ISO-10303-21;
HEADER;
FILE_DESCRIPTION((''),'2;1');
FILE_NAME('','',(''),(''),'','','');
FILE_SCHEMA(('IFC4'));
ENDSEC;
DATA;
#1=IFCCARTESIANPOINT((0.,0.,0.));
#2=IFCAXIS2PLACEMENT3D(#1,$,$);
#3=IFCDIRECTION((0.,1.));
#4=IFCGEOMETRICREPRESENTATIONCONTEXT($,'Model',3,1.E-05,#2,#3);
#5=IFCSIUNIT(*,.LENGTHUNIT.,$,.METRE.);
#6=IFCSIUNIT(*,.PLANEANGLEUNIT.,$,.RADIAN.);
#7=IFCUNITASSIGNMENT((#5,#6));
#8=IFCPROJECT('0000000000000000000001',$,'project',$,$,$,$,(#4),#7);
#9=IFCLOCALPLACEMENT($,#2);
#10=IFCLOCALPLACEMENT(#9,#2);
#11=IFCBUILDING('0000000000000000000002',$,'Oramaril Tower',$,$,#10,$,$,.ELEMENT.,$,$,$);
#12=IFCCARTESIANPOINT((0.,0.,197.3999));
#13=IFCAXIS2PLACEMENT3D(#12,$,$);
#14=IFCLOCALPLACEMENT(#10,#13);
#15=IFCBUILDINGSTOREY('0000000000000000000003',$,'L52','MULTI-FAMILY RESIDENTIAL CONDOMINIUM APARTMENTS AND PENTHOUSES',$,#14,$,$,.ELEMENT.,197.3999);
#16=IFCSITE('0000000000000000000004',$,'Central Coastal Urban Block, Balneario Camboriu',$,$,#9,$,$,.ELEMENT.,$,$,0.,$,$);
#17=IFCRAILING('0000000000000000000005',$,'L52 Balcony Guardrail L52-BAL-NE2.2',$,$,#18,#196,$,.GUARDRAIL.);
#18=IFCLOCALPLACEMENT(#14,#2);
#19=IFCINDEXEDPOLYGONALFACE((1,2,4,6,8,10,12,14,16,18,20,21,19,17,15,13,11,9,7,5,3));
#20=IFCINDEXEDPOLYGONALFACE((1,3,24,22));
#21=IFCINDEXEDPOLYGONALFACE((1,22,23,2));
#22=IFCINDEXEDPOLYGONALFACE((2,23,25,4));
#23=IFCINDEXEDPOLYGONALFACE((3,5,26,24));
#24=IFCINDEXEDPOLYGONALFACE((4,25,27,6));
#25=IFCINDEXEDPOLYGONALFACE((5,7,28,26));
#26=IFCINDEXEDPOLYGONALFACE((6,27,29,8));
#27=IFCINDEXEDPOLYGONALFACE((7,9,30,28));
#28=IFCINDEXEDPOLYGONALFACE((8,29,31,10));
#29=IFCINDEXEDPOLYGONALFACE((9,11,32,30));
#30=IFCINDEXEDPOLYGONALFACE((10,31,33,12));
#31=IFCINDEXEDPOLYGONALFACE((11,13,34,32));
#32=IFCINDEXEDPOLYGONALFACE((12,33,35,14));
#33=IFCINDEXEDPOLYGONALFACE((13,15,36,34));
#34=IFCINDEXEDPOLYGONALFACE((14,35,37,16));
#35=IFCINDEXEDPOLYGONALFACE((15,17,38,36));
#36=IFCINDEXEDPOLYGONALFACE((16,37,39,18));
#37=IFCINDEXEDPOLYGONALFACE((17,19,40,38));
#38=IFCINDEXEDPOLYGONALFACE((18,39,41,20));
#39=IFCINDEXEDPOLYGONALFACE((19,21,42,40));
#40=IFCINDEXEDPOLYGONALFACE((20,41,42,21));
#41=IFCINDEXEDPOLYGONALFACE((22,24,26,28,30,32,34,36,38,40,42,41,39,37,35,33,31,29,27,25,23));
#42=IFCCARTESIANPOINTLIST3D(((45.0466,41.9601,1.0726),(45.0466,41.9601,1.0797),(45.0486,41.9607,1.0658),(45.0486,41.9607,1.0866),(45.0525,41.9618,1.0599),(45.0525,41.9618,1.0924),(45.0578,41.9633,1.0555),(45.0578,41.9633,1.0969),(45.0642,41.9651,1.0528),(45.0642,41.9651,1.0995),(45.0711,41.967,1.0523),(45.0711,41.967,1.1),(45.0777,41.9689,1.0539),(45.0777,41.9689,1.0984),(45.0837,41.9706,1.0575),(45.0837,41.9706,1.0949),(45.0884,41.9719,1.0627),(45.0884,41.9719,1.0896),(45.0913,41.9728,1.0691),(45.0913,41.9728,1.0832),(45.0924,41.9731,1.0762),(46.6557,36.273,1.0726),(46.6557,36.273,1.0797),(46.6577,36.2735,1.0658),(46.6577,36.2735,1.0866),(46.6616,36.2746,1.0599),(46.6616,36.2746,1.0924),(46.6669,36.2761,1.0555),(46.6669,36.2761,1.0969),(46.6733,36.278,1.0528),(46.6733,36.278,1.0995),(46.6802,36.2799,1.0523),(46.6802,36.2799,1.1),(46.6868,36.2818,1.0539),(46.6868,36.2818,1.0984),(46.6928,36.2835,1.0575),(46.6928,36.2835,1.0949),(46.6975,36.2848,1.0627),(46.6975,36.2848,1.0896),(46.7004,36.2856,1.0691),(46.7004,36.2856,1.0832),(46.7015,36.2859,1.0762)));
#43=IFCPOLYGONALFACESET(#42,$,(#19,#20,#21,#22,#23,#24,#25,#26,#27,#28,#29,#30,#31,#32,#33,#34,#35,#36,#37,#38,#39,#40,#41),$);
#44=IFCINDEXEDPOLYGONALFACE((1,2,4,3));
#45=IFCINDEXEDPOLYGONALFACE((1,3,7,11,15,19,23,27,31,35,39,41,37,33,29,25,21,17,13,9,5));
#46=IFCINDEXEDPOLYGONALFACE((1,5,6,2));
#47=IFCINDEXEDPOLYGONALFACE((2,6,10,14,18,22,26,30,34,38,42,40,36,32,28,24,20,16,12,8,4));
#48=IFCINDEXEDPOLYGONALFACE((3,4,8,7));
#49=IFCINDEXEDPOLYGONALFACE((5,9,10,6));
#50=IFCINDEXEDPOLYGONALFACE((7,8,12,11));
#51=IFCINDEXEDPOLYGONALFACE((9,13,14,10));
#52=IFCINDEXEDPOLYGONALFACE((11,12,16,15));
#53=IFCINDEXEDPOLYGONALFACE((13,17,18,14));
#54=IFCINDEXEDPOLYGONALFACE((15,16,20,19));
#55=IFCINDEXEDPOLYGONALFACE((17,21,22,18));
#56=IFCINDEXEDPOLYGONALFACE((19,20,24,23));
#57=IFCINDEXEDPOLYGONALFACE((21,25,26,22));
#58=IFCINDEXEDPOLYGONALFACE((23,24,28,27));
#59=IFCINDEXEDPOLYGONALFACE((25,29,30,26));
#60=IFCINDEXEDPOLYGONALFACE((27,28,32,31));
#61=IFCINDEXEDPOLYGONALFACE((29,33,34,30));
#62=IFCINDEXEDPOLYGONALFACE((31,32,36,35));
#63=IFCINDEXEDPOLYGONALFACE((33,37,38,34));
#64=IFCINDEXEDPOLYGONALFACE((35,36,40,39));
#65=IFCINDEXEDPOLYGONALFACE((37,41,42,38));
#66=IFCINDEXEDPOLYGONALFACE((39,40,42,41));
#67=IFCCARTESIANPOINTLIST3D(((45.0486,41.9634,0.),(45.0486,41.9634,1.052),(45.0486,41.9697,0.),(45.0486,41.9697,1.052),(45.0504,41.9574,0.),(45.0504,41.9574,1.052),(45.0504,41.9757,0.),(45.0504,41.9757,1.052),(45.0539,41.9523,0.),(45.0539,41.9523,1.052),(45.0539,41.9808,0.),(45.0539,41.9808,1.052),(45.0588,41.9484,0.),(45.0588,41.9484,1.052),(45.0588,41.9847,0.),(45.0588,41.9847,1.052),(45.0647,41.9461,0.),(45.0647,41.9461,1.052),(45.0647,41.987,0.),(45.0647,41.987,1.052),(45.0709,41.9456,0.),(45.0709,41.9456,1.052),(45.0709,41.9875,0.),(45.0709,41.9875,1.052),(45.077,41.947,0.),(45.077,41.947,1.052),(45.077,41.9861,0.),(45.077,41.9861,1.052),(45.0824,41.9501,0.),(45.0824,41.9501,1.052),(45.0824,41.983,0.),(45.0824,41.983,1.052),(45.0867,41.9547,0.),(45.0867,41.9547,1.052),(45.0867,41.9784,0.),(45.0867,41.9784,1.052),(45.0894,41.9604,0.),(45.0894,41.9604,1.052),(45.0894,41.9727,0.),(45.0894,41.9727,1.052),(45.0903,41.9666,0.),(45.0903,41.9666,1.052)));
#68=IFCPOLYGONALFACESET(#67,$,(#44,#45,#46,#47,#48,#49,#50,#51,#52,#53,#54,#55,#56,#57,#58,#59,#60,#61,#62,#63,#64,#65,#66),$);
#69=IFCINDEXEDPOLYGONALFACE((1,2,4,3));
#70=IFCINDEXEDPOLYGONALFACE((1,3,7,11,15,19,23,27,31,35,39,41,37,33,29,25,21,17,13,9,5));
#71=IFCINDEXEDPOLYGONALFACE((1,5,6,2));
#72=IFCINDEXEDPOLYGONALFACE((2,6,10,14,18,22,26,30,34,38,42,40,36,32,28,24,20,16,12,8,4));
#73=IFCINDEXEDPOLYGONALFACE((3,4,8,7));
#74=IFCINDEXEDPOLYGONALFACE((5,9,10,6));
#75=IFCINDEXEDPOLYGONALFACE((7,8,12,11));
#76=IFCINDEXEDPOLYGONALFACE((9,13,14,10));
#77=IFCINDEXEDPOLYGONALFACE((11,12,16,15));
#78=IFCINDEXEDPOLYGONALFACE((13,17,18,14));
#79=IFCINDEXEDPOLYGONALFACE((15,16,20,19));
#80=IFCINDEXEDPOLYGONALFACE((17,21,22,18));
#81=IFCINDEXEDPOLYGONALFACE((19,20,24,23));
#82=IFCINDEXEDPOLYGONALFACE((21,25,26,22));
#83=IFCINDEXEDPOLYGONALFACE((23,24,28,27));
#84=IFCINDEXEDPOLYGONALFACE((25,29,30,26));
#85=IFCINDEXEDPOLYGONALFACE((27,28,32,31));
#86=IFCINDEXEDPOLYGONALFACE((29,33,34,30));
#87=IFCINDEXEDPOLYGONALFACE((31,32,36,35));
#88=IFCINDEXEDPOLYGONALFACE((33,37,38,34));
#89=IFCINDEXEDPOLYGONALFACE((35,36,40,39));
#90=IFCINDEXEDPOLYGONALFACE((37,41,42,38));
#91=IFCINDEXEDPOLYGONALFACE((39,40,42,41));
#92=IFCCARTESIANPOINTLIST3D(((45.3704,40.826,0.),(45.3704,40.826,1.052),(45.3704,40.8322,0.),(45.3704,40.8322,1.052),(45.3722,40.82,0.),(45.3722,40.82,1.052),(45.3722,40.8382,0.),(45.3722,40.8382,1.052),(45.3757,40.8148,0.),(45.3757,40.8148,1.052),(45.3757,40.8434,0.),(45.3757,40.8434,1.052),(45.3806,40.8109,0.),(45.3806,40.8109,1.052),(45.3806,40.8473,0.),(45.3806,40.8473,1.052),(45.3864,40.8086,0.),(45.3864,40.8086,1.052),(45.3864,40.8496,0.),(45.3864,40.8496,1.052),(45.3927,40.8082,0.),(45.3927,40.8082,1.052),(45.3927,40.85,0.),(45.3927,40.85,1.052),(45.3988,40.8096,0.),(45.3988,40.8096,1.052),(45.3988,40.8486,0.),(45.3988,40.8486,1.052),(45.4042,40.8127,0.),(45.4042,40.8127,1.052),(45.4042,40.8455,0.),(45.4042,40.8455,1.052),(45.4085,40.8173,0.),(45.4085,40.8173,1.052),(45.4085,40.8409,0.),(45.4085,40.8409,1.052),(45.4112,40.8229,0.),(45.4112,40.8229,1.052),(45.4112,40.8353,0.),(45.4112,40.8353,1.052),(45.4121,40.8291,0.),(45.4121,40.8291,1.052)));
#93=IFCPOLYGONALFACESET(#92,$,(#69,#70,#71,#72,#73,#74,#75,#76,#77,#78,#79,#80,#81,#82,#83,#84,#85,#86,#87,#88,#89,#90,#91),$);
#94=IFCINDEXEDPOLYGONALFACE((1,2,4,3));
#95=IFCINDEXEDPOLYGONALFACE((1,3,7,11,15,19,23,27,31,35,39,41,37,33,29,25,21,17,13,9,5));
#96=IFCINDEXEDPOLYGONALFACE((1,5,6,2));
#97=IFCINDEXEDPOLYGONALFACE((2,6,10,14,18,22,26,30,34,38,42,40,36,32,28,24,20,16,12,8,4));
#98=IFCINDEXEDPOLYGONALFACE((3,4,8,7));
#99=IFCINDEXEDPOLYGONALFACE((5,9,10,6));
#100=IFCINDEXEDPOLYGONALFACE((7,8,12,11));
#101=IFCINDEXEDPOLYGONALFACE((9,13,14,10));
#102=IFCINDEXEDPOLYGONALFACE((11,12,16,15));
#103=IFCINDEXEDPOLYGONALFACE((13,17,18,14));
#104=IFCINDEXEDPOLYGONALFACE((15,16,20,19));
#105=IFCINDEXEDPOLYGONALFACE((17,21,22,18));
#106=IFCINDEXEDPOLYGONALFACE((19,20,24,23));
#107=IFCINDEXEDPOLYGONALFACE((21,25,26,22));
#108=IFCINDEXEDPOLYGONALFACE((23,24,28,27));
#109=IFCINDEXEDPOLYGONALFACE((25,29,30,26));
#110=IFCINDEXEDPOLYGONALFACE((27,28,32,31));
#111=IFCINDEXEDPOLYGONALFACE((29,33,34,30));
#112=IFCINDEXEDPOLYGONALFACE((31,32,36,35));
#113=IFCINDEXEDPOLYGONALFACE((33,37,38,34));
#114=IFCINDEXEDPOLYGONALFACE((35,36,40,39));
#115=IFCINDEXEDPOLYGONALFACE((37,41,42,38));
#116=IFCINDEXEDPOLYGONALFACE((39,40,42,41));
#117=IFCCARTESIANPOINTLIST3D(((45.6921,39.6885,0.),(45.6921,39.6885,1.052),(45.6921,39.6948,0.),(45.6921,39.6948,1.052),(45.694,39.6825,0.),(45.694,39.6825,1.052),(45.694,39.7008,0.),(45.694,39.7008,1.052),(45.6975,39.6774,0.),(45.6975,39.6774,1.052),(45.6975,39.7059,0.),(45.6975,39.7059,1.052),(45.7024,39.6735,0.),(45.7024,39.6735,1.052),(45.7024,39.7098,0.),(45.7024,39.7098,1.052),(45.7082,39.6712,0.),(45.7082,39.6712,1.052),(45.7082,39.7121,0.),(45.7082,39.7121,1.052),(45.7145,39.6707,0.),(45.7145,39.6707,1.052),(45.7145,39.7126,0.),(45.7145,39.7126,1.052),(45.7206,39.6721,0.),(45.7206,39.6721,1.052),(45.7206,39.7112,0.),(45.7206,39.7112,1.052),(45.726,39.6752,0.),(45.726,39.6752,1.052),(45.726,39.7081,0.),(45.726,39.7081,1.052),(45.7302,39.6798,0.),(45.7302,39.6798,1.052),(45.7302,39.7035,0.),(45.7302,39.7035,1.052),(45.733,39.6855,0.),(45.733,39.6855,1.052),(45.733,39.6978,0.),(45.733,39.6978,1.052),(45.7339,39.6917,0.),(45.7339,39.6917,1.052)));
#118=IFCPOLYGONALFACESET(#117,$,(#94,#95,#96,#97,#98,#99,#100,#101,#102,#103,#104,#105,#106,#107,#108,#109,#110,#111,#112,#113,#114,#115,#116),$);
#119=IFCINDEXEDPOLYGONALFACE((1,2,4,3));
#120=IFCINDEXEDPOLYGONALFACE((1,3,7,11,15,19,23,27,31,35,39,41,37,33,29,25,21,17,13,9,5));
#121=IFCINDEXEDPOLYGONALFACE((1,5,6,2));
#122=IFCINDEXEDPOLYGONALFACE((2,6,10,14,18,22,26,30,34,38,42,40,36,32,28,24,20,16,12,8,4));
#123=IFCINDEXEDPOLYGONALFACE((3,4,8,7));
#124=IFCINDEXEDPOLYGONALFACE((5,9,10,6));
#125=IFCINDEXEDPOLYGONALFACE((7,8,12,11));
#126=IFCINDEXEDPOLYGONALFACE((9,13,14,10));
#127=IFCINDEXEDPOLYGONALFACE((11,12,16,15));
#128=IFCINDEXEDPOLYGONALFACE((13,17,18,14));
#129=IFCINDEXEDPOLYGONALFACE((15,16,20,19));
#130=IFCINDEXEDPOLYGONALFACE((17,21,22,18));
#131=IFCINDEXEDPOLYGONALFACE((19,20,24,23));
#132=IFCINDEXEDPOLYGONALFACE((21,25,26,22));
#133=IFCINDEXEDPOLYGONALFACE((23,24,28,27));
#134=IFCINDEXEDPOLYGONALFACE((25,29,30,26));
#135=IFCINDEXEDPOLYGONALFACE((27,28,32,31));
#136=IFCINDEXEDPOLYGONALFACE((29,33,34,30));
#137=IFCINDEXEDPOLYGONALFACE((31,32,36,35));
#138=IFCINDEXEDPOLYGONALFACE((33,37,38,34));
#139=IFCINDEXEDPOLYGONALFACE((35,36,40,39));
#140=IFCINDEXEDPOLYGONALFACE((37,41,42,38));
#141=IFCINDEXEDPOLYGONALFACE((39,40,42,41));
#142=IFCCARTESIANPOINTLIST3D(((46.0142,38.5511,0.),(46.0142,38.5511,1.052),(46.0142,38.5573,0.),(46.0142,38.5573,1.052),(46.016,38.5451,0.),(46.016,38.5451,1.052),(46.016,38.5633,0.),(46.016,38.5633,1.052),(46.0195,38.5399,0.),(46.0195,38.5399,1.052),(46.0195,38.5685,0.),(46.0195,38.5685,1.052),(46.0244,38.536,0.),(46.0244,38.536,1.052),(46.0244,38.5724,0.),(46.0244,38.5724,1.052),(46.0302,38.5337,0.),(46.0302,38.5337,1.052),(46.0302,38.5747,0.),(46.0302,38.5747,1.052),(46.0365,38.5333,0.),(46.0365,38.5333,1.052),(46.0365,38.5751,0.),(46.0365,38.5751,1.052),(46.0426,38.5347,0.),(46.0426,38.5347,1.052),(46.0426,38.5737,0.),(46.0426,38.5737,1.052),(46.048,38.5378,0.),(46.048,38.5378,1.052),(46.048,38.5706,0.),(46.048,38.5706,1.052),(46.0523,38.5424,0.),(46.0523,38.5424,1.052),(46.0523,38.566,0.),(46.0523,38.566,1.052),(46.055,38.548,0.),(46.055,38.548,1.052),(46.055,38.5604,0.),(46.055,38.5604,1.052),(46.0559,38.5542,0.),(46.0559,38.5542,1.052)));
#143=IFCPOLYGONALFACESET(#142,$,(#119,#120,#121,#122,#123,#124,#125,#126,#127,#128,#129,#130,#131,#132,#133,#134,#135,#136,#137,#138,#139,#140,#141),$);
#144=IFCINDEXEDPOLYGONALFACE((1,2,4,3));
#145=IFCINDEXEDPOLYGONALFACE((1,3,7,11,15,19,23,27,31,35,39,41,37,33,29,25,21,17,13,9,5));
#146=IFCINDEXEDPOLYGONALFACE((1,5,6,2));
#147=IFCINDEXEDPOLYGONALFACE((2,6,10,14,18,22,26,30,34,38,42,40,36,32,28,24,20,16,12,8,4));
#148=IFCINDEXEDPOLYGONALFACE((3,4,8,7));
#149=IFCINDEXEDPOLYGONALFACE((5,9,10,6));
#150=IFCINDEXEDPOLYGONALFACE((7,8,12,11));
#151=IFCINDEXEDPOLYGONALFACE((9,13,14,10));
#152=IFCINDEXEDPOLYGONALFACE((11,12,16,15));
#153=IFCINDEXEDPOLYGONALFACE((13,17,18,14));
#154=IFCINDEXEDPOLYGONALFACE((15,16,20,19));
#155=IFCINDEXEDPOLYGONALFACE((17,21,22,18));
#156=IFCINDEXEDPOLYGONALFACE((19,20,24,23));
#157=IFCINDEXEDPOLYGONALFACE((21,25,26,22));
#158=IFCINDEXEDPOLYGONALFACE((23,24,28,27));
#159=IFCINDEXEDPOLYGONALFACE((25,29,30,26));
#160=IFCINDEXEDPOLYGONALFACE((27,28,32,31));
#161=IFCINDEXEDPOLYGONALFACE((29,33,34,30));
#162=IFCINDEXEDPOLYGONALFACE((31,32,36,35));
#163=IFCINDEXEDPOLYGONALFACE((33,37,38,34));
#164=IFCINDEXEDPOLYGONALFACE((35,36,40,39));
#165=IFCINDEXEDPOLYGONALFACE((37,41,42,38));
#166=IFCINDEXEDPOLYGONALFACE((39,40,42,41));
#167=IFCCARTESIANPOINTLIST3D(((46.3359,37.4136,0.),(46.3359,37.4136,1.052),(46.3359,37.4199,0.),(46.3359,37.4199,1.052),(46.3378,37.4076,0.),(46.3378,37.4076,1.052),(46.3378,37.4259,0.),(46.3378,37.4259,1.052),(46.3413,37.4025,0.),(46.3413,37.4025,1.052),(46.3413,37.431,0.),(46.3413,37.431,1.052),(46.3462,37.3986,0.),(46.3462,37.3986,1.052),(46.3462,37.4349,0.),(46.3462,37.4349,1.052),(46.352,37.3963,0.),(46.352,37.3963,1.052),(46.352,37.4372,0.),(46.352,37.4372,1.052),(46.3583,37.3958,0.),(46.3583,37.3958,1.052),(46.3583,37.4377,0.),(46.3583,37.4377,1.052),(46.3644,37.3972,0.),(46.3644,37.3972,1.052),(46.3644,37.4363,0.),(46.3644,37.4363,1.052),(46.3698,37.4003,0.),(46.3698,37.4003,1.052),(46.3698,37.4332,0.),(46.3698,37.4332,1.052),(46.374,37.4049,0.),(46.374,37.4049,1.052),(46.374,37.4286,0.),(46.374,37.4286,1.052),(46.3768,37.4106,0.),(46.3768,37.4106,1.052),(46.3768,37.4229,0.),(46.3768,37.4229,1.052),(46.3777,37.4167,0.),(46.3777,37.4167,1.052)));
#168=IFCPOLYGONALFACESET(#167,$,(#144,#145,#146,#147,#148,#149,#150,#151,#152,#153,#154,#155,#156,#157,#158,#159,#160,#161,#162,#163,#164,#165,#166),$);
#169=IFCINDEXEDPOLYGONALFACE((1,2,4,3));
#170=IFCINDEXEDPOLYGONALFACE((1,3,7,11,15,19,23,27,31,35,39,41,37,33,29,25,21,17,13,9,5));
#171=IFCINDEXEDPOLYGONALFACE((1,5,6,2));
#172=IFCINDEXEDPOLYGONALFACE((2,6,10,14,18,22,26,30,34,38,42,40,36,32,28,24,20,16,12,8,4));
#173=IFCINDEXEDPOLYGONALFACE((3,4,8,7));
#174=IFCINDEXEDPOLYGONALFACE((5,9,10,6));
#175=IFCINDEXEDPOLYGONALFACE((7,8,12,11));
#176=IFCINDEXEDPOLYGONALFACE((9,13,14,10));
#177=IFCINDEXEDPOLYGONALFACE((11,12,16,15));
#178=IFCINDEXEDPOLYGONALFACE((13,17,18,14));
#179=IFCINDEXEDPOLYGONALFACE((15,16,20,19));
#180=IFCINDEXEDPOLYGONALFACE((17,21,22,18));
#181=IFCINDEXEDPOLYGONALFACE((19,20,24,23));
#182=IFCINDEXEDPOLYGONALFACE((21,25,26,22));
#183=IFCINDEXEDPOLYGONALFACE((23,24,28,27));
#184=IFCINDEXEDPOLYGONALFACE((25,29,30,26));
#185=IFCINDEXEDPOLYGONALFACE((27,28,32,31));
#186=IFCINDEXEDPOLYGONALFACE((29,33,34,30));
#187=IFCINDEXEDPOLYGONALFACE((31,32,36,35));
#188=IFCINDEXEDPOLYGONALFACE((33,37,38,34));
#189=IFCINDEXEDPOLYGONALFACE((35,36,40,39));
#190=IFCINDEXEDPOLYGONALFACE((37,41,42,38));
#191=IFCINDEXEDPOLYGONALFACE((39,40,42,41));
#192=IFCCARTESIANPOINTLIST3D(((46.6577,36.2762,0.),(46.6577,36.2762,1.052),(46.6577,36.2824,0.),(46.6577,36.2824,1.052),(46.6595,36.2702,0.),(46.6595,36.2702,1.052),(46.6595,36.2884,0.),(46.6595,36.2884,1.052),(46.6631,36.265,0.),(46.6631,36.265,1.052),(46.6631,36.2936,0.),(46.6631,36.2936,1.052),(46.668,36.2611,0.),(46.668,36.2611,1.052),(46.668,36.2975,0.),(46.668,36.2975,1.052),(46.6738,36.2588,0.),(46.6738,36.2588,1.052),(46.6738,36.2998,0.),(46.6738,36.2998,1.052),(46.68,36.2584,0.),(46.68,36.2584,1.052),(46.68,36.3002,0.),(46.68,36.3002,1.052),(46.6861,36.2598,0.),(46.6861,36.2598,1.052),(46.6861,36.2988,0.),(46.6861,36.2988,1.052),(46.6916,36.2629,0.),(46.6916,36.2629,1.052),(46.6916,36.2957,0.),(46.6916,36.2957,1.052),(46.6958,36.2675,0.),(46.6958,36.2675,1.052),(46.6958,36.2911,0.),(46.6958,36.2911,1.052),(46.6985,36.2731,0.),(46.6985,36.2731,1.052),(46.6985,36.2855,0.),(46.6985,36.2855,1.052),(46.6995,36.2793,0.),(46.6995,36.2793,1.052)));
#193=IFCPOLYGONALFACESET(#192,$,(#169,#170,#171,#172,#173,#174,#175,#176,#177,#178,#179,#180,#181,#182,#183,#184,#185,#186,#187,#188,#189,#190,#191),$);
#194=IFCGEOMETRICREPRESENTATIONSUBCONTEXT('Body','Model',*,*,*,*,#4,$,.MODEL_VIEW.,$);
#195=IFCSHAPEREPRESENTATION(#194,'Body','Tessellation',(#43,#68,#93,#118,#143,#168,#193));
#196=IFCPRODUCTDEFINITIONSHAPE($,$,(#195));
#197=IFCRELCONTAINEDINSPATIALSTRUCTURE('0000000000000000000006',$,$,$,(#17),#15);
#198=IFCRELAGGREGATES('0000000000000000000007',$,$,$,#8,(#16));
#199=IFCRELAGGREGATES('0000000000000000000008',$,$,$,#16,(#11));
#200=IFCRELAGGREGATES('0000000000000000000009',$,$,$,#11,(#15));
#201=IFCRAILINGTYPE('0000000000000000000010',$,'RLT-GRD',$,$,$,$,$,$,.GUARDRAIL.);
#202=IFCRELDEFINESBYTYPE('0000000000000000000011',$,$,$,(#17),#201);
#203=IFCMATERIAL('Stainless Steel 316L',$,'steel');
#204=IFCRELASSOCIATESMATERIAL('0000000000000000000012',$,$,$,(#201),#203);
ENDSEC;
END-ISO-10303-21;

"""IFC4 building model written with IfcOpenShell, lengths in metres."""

from ifc_helpers import new_model, si_unit, direction, frame, origin, origin_2d, place, context, subcontext, project, spatial, circle, extrude, material, type_object, element, save


model = new_model("IFC4")

# Units and contexts
model_context = context("Model", 3, precision=1e-05, world=origin(), true_north=direction((0.0, 1.0)))
body_context = subcontext(model_context, "Body", "Model", "MODEL_VIEW")
ifc_project = project(units=[si_unit("LENGTHUNIT", "METRE"), si_unit("PLANEANGLEUNIT", "RADIAN")], contexts=[model_context])

# Site, building, storey
site_placement = place(None, origin())
site = spatial("IfcSite", under=ifc_project, at=site_placement, Name="Central Coastal Urban Block, Balneario Camboriu", CompositionType="ELEMENT", RefElevation=0.0)
building_placement = place(site_placement, origin())
building = spatial("IfcBuilding", under=site, at=building_placement, Name="Oramaril Tower", CompositionType="ELEMENT")
storey_placement = place(building_placement, frame((0.0, 0.0, 197.3999)))
storey = spatial("IfcBuildingStorey", under=building, at=storey_placement, Name="L52", Description="MULTI-FAMILY RESIDENTIAL CONDOMINIUM APARTMENTS AND PENTHOUSES", CompositionType="ELEMENT", Elevation=197.3999)

# Railing
ifc_material_1 = material(Name="Stainless Steel 316L", Category="steel")
railing_type = type_object("IfcRailingType", Name="RLT-GRD", PredefinedType="GUARDRAIL", material=ifc_material_1)
railing_1_placement = place(storey_placement, frame((45.0693, 41.9666, 0.0)))
element("IfcRailing", 1, at=railing_1_placement, inside=storey, type_object=railing_type, Name="L52 Balcony Guardrail L52-BAL-NE2.2", PredefinedType="GUARDRAIL", context=body_context, shape_type="SweptSolid", body=[
    extrude(circle(Radius=0.0239, at=origin_2d()), frame((0.0, 0.0, 1.0762), z_axis=(0.272249, -0.962227, 0.0), x_axis=(0.962227, 0.272249, 0.0)), (0.0, 0.0, 1.0), 5.9104),
    extrude(circle(Radius=0.021, at=origin_2d()), origin(), (0.0, 0.0, 1.0), 1.052),
    extrude(circle(Radius=0.021, at=origin_2d()), frame((0.3218, -1.1375, 0.0)), (0.0, 0.0, 1.0), 1.052),
    extrude(circle(Radius=0.021, at=origin_2d()), frame((0.6436, -2.2749, 0.0)), (0.0, 0.0, 1.0), 1.052),
    extrude(circle(Radius=0.021, at=origin_2d()), frame((0.9656, -3.4124, 0.0)), (0.0, 0.0, 1.0), 1.052),
    extrude(circle(Radius=0.021, at=origin_2d()), frame((1.2874, -4.5498, 0.0)), (0.0, 0.0, 1.0), 1.052),
    extrude(circle(Radius=0.021, at=origin_2d()), frame((1.6091, -5.6873, 0.0)), (0.0, 0.0, 1.0), 1.052),
])

save(model, "model.ifc")
